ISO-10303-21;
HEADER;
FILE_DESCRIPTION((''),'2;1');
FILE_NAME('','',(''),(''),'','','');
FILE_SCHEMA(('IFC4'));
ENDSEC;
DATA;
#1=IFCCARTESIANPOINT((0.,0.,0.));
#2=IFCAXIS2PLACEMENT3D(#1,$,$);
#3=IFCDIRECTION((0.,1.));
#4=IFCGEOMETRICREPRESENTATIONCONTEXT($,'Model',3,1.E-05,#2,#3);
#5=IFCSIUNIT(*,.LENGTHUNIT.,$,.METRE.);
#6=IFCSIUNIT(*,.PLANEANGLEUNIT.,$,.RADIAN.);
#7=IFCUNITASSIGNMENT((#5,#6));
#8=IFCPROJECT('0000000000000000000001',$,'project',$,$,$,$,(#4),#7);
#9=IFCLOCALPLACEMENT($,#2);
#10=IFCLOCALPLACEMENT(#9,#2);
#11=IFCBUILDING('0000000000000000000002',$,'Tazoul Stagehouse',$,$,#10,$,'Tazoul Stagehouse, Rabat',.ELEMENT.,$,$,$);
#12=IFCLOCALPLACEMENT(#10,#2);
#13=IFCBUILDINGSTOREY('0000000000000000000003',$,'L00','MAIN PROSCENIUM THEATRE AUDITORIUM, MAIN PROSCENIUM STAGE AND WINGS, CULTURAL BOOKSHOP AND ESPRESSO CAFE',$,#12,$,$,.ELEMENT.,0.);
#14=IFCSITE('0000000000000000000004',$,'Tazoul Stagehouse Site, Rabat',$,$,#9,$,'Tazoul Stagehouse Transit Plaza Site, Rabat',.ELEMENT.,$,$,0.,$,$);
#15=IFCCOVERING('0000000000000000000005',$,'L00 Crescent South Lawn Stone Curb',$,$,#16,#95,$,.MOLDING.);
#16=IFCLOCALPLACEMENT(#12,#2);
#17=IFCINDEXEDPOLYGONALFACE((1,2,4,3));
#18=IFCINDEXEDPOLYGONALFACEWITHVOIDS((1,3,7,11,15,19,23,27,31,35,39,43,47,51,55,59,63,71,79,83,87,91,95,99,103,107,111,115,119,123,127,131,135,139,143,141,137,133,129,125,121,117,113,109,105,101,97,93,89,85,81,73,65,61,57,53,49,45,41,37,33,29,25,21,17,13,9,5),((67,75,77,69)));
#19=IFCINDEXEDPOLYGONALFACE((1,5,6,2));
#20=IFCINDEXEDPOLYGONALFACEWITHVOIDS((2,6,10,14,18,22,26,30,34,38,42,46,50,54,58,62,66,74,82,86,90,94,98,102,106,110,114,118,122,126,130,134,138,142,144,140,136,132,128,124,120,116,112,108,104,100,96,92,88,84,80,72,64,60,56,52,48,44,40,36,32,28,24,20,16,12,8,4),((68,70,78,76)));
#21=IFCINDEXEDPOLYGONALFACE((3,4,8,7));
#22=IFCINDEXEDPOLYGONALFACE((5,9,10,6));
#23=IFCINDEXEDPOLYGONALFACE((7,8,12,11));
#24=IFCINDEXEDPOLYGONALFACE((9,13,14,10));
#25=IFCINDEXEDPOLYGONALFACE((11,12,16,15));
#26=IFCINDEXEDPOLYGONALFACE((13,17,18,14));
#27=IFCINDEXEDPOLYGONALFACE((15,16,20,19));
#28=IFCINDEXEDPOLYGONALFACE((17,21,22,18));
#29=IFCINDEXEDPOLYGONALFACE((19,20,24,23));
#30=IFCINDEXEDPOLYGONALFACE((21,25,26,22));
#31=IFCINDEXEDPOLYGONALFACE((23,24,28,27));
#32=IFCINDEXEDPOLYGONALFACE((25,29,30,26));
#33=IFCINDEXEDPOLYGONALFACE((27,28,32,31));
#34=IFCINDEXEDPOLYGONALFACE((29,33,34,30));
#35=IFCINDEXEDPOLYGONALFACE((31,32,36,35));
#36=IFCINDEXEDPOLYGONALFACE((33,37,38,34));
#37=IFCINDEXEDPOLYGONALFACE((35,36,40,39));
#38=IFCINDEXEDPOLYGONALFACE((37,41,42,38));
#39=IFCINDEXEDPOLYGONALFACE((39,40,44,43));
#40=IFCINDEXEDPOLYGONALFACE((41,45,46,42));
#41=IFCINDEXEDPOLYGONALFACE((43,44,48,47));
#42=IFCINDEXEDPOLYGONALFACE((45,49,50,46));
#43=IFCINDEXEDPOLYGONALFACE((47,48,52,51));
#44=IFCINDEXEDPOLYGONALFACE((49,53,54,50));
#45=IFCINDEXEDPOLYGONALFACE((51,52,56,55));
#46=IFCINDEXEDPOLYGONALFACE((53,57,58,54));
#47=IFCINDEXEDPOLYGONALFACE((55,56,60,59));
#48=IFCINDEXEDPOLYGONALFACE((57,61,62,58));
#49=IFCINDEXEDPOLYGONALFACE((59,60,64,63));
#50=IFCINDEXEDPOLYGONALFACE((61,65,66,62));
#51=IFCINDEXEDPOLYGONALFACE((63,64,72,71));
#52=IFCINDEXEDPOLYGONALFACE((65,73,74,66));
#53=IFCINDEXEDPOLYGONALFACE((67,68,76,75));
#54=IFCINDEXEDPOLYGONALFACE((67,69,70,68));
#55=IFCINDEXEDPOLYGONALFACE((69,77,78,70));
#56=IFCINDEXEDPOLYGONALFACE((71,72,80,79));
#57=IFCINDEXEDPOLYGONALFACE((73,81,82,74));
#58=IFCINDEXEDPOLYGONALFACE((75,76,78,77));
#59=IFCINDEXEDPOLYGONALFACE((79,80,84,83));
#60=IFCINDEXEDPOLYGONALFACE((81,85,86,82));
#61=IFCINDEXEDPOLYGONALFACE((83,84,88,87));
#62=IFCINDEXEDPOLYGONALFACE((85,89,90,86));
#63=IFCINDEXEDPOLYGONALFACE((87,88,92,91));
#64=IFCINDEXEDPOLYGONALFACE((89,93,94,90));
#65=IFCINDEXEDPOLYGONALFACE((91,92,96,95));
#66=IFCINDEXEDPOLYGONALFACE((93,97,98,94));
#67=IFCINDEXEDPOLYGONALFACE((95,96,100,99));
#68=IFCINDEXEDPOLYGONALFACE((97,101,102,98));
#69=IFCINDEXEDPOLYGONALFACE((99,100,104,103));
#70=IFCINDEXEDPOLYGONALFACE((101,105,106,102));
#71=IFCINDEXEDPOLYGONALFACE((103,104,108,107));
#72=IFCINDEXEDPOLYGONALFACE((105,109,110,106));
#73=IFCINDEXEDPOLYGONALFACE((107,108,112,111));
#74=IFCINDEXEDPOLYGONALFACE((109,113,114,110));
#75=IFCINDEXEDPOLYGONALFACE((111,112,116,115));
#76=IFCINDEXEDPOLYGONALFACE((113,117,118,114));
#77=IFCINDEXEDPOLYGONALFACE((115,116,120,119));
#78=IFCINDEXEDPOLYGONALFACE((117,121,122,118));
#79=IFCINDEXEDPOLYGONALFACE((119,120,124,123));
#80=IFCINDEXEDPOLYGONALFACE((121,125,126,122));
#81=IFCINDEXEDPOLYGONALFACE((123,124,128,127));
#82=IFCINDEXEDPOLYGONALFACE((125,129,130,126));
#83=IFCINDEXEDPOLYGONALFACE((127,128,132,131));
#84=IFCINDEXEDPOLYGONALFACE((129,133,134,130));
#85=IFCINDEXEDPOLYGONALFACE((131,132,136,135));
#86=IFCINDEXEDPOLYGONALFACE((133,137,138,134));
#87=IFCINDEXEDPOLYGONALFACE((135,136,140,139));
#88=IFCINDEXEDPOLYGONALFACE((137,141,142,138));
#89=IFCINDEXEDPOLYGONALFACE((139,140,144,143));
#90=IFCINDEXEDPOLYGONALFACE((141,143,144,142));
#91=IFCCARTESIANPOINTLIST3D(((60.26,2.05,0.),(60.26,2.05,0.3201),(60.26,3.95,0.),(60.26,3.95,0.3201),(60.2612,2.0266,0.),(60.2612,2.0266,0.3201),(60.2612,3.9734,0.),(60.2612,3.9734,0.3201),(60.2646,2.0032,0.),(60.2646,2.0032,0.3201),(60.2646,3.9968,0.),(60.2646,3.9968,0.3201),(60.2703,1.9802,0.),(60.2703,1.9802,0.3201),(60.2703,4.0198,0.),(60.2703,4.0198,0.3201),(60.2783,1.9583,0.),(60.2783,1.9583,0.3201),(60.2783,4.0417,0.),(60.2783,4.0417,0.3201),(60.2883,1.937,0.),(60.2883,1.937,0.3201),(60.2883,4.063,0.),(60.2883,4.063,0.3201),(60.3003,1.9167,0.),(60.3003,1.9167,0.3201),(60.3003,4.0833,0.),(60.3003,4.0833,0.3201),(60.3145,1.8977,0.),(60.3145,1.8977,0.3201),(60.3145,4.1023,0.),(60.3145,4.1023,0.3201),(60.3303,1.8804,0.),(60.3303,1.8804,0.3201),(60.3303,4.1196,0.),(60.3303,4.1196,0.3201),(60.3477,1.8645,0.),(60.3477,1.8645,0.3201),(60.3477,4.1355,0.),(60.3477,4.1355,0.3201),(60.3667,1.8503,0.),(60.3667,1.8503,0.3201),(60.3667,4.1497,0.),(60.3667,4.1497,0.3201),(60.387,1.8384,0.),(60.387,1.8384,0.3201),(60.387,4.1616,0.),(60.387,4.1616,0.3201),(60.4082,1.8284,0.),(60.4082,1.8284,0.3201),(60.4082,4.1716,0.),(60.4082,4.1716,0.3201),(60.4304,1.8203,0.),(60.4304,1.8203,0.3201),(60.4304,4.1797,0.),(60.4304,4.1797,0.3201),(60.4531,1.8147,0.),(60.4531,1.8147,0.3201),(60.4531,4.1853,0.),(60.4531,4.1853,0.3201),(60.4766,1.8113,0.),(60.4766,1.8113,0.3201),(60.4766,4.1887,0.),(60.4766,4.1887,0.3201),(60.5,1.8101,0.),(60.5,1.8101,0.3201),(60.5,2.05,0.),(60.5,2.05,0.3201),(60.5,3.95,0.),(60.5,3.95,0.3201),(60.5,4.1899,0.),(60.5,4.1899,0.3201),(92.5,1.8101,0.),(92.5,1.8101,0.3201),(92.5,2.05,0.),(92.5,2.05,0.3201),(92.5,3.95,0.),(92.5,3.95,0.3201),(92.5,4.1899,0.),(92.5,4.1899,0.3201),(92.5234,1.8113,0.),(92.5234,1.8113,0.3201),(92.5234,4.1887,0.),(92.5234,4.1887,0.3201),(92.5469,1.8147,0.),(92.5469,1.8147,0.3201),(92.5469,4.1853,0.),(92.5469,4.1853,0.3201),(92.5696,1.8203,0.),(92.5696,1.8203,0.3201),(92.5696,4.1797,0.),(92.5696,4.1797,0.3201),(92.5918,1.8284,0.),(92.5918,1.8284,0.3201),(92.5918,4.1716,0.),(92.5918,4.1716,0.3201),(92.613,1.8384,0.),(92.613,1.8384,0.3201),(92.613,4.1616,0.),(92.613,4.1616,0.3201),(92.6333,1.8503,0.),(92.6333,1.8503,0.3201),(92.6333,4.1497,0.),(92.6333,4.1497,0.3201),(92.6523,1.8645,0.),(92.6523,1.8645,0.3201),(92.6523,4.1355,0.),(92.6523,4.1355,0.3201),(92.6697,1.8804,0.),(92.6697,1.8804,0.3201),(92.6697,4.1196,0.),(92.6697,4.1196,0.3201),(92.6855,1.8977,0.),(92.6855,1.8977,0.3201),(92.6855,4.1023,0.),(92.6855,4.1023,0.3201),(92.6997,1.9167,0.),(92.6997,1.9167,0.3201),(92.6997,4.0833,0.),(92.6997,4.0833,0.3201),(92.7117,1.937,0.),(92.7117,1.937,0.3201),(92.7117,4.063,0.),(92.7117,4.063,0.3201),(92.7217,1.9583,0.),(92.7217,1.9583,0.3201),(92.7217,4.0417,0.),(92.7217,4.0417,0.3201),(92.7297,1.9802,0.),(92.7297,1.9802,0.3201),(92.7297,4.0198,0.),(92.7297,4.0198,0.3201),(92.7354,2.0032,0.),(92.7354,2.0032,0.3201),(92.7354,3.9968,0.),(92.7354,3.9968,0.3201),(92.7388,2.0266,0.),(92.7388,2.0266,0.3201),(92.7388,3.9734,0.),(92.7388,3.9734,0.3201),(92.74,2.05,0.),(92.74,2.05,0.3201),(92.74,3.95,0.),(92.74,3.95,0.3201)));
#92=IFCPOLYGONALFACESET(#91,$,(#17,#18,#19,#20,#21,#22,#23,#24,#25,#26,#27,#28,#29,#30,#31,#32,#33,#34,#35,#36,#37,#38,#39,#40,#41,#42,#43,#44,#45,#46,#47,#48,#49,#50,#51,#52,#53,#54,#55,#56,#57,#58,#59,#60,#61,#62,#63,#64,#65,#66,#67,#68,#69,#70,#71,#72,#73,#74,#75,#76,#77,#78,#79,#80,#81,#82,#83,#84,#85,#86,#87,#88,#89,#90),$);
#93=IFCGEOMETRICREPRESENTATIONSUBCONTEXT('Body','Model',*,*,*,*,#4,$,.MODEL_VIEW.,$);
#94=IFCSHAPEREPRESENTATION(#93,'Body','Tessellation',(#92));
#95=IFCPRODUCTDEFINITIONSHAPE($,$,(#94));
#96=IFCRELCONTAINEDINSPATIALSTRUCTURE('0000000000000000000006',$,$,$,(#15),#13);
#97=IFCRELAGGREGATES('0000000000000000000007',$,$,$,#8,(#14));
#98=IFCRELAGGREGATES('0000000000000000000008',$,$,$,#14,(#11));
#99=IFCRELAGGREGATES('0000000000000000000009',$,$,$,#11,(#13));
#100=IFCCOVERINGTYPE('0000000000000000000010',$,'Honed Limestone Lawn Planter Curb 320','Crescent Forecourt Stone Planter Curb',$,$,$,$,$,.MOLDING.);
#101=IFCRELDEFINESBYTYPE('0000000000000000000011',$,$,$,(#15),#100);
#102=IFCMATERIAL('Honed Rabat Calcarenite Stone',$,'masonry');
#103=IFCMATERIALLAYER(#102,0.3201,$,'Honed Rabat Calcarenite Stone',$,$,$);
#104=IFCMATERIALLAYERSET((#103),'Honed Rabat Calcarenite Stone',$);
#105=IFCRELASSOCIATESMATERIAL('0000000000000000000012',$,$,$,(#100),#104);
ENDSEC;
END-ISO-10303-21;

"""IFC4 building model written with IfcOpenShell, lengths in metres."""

from ifc_helpers import new_model, si_unit, direction, origin, place, context, subcontext, project, spatial, polyline, outline, extrude, material, layer, layer_set, type_object, element, save


model = new_model("IFC4")

# Units and contexts
model_context = context("Model", 3, precision=1e-05, world=origin(), true_north=direction((0.0, 1.0)))
body_context = subcontext(model_context, "Body", "Model", "MODEL_VIEW")
ifc_project = project(units=[si_unit("LENGTHUNIT", "METRE"), si_unit("PLANEANGLEUNIT", "RADIAN")], contexts=[model_context])

# Site, building, storey
site_placement = place(None, origin())
site = spatial("IfcSite", under=ifc_project, at=site_placement, Name="Tazoul Stagehouse Site, Rabat", LongName="Tazoul Stagehouse Transit Plaza Site, Rabat", CompositionType="ELEMENT", RefElevation=0.0)
building_placement = place(site_placement, origin())
building = spatial("IfcBuilding", under=site, at=building_placement, Name="Tazoul Stagehouse", LongName="Tazoul Stagehouse, Rabat", CompositionType="ELEMENT")
storey_placement = place(building_placement, origin())
storey = spatial("IfcBuildingStorey", under=building, at=storey_placement, Name="L00", Description="MAIN PROSCENIUM THEATRE AUDITORIUM, MAIN PROSCENIUM STAGE AND WINGS, CULTURAL BOOKSHOP AND ESPRESSO CAFE", CompositionType="ELEMENT", Elevation=0.0)

# Covering
ifc_material_1 = material(Name="Honed Rabat Calcarenite Stone", Category="masonry")
ifc_layer_1 = layer(ifc_material_1, 0.3201, Name="Honed Rabat Calcarenite Stone")
ifc_layer_set_1 = layer_set([ifc_layer_1], Name="Honed Rabat Calcarenite Stone")
covering_type_1 = type_object("IfcCoveringType", Name="Honed Limestone Lawn Planter Curb 320", Description="Crescent Forecourt Stone Planter Curb", PredefinedType="MOLDING", material=ifc_layer_set_1)
covering_1_placement = place(storey_placement, origin())
element("IfcCovering", 1, at=covering_1_placement, inside=storey, type_object=covering_type_1, Name="L00 Crescent South Lawn Stone Curb", PredefinedType="MOLDING", context=body_context, shape_type="SweptSolid", body=[
    extrude(outline(polyline([(60.5, 1.8101), (60.4766, 1.8113), (60.4531, 1.8147), (60.4304, 1.8203), (60.4082, 1.8284), (60.387, 1.8384), (60.3667, 1.8503), (60.3477, 1.8645), (60.3303, 1.8804), (60.3145, 1.8977), (60.3003, 1.9167), (60.2883, 1.937), (60.2783, 1.9583), (60.2703, 1.9802), (60.2646, 2.0032), (60.2612, 2.0266), (60.26, 2.05), (60.26, 3.95), (60.2612, 3.9734), (60.2646, 3.9968), (60.2703, 4.0198), (60.2783, 4.0417), (60.2883, 4.063), (60.3003, 4.0833), (60.3145, 4.1023), (60.3303, 4.1196), (60.3477, 4.1355), (60.3667, 4.1497), (60.387, 4.1616), (60.4082, 4.1716), (60.4304, 4.1797), (60.4531, 4.1853), (60.4766, 4.1887), (60.5, 4.1899), (92.5, 4.1899), (92.5234, 4.1887), (92.5469, 4.1853), (92.5696, 4.1797), (92.5918, 4.1716), (92.613, 4.1616), (92.6333, 4.1497), (92.6523, 4.1355), (92.6697, 4.1196), (92.6855, 4.1023), (92.6997, 4.0833), (92.7117, 4.063), (92.7217, 4.0417), (92.7297, 4.0198), (92.7354, 3.9968), (92.7388, 3.9734), (92.74, 3.95), (92.74, 2.05), (92.7388, 2.0266), (92.7354, 2.0032), (92.7297, 1.9802), (92.7217, 1.9583), (92.7117, 1.937), (92.6997, 1.9167), (92.6855, 1.8977), (92.6697, 1.8804), (92.6523, 1.8645), (92.6333, 1.8503), (92.613, 1.8384), (92.5918, 1.8284), (92.5696, 1.8203), (92.5469, 1.8147), (92.5234, 1.8113), (92.5, 1.8101), (60.5, 1.8101)]), holes=[polyline([(92.5, 3.95), (60.5, 3.95), (60.5, 2.05), (92.5, 2.05), (92.5, 3.95)])]), origin(), (0.0, 0.0, 1.0), 0.3201),
])

save(model, "model.ifc")
